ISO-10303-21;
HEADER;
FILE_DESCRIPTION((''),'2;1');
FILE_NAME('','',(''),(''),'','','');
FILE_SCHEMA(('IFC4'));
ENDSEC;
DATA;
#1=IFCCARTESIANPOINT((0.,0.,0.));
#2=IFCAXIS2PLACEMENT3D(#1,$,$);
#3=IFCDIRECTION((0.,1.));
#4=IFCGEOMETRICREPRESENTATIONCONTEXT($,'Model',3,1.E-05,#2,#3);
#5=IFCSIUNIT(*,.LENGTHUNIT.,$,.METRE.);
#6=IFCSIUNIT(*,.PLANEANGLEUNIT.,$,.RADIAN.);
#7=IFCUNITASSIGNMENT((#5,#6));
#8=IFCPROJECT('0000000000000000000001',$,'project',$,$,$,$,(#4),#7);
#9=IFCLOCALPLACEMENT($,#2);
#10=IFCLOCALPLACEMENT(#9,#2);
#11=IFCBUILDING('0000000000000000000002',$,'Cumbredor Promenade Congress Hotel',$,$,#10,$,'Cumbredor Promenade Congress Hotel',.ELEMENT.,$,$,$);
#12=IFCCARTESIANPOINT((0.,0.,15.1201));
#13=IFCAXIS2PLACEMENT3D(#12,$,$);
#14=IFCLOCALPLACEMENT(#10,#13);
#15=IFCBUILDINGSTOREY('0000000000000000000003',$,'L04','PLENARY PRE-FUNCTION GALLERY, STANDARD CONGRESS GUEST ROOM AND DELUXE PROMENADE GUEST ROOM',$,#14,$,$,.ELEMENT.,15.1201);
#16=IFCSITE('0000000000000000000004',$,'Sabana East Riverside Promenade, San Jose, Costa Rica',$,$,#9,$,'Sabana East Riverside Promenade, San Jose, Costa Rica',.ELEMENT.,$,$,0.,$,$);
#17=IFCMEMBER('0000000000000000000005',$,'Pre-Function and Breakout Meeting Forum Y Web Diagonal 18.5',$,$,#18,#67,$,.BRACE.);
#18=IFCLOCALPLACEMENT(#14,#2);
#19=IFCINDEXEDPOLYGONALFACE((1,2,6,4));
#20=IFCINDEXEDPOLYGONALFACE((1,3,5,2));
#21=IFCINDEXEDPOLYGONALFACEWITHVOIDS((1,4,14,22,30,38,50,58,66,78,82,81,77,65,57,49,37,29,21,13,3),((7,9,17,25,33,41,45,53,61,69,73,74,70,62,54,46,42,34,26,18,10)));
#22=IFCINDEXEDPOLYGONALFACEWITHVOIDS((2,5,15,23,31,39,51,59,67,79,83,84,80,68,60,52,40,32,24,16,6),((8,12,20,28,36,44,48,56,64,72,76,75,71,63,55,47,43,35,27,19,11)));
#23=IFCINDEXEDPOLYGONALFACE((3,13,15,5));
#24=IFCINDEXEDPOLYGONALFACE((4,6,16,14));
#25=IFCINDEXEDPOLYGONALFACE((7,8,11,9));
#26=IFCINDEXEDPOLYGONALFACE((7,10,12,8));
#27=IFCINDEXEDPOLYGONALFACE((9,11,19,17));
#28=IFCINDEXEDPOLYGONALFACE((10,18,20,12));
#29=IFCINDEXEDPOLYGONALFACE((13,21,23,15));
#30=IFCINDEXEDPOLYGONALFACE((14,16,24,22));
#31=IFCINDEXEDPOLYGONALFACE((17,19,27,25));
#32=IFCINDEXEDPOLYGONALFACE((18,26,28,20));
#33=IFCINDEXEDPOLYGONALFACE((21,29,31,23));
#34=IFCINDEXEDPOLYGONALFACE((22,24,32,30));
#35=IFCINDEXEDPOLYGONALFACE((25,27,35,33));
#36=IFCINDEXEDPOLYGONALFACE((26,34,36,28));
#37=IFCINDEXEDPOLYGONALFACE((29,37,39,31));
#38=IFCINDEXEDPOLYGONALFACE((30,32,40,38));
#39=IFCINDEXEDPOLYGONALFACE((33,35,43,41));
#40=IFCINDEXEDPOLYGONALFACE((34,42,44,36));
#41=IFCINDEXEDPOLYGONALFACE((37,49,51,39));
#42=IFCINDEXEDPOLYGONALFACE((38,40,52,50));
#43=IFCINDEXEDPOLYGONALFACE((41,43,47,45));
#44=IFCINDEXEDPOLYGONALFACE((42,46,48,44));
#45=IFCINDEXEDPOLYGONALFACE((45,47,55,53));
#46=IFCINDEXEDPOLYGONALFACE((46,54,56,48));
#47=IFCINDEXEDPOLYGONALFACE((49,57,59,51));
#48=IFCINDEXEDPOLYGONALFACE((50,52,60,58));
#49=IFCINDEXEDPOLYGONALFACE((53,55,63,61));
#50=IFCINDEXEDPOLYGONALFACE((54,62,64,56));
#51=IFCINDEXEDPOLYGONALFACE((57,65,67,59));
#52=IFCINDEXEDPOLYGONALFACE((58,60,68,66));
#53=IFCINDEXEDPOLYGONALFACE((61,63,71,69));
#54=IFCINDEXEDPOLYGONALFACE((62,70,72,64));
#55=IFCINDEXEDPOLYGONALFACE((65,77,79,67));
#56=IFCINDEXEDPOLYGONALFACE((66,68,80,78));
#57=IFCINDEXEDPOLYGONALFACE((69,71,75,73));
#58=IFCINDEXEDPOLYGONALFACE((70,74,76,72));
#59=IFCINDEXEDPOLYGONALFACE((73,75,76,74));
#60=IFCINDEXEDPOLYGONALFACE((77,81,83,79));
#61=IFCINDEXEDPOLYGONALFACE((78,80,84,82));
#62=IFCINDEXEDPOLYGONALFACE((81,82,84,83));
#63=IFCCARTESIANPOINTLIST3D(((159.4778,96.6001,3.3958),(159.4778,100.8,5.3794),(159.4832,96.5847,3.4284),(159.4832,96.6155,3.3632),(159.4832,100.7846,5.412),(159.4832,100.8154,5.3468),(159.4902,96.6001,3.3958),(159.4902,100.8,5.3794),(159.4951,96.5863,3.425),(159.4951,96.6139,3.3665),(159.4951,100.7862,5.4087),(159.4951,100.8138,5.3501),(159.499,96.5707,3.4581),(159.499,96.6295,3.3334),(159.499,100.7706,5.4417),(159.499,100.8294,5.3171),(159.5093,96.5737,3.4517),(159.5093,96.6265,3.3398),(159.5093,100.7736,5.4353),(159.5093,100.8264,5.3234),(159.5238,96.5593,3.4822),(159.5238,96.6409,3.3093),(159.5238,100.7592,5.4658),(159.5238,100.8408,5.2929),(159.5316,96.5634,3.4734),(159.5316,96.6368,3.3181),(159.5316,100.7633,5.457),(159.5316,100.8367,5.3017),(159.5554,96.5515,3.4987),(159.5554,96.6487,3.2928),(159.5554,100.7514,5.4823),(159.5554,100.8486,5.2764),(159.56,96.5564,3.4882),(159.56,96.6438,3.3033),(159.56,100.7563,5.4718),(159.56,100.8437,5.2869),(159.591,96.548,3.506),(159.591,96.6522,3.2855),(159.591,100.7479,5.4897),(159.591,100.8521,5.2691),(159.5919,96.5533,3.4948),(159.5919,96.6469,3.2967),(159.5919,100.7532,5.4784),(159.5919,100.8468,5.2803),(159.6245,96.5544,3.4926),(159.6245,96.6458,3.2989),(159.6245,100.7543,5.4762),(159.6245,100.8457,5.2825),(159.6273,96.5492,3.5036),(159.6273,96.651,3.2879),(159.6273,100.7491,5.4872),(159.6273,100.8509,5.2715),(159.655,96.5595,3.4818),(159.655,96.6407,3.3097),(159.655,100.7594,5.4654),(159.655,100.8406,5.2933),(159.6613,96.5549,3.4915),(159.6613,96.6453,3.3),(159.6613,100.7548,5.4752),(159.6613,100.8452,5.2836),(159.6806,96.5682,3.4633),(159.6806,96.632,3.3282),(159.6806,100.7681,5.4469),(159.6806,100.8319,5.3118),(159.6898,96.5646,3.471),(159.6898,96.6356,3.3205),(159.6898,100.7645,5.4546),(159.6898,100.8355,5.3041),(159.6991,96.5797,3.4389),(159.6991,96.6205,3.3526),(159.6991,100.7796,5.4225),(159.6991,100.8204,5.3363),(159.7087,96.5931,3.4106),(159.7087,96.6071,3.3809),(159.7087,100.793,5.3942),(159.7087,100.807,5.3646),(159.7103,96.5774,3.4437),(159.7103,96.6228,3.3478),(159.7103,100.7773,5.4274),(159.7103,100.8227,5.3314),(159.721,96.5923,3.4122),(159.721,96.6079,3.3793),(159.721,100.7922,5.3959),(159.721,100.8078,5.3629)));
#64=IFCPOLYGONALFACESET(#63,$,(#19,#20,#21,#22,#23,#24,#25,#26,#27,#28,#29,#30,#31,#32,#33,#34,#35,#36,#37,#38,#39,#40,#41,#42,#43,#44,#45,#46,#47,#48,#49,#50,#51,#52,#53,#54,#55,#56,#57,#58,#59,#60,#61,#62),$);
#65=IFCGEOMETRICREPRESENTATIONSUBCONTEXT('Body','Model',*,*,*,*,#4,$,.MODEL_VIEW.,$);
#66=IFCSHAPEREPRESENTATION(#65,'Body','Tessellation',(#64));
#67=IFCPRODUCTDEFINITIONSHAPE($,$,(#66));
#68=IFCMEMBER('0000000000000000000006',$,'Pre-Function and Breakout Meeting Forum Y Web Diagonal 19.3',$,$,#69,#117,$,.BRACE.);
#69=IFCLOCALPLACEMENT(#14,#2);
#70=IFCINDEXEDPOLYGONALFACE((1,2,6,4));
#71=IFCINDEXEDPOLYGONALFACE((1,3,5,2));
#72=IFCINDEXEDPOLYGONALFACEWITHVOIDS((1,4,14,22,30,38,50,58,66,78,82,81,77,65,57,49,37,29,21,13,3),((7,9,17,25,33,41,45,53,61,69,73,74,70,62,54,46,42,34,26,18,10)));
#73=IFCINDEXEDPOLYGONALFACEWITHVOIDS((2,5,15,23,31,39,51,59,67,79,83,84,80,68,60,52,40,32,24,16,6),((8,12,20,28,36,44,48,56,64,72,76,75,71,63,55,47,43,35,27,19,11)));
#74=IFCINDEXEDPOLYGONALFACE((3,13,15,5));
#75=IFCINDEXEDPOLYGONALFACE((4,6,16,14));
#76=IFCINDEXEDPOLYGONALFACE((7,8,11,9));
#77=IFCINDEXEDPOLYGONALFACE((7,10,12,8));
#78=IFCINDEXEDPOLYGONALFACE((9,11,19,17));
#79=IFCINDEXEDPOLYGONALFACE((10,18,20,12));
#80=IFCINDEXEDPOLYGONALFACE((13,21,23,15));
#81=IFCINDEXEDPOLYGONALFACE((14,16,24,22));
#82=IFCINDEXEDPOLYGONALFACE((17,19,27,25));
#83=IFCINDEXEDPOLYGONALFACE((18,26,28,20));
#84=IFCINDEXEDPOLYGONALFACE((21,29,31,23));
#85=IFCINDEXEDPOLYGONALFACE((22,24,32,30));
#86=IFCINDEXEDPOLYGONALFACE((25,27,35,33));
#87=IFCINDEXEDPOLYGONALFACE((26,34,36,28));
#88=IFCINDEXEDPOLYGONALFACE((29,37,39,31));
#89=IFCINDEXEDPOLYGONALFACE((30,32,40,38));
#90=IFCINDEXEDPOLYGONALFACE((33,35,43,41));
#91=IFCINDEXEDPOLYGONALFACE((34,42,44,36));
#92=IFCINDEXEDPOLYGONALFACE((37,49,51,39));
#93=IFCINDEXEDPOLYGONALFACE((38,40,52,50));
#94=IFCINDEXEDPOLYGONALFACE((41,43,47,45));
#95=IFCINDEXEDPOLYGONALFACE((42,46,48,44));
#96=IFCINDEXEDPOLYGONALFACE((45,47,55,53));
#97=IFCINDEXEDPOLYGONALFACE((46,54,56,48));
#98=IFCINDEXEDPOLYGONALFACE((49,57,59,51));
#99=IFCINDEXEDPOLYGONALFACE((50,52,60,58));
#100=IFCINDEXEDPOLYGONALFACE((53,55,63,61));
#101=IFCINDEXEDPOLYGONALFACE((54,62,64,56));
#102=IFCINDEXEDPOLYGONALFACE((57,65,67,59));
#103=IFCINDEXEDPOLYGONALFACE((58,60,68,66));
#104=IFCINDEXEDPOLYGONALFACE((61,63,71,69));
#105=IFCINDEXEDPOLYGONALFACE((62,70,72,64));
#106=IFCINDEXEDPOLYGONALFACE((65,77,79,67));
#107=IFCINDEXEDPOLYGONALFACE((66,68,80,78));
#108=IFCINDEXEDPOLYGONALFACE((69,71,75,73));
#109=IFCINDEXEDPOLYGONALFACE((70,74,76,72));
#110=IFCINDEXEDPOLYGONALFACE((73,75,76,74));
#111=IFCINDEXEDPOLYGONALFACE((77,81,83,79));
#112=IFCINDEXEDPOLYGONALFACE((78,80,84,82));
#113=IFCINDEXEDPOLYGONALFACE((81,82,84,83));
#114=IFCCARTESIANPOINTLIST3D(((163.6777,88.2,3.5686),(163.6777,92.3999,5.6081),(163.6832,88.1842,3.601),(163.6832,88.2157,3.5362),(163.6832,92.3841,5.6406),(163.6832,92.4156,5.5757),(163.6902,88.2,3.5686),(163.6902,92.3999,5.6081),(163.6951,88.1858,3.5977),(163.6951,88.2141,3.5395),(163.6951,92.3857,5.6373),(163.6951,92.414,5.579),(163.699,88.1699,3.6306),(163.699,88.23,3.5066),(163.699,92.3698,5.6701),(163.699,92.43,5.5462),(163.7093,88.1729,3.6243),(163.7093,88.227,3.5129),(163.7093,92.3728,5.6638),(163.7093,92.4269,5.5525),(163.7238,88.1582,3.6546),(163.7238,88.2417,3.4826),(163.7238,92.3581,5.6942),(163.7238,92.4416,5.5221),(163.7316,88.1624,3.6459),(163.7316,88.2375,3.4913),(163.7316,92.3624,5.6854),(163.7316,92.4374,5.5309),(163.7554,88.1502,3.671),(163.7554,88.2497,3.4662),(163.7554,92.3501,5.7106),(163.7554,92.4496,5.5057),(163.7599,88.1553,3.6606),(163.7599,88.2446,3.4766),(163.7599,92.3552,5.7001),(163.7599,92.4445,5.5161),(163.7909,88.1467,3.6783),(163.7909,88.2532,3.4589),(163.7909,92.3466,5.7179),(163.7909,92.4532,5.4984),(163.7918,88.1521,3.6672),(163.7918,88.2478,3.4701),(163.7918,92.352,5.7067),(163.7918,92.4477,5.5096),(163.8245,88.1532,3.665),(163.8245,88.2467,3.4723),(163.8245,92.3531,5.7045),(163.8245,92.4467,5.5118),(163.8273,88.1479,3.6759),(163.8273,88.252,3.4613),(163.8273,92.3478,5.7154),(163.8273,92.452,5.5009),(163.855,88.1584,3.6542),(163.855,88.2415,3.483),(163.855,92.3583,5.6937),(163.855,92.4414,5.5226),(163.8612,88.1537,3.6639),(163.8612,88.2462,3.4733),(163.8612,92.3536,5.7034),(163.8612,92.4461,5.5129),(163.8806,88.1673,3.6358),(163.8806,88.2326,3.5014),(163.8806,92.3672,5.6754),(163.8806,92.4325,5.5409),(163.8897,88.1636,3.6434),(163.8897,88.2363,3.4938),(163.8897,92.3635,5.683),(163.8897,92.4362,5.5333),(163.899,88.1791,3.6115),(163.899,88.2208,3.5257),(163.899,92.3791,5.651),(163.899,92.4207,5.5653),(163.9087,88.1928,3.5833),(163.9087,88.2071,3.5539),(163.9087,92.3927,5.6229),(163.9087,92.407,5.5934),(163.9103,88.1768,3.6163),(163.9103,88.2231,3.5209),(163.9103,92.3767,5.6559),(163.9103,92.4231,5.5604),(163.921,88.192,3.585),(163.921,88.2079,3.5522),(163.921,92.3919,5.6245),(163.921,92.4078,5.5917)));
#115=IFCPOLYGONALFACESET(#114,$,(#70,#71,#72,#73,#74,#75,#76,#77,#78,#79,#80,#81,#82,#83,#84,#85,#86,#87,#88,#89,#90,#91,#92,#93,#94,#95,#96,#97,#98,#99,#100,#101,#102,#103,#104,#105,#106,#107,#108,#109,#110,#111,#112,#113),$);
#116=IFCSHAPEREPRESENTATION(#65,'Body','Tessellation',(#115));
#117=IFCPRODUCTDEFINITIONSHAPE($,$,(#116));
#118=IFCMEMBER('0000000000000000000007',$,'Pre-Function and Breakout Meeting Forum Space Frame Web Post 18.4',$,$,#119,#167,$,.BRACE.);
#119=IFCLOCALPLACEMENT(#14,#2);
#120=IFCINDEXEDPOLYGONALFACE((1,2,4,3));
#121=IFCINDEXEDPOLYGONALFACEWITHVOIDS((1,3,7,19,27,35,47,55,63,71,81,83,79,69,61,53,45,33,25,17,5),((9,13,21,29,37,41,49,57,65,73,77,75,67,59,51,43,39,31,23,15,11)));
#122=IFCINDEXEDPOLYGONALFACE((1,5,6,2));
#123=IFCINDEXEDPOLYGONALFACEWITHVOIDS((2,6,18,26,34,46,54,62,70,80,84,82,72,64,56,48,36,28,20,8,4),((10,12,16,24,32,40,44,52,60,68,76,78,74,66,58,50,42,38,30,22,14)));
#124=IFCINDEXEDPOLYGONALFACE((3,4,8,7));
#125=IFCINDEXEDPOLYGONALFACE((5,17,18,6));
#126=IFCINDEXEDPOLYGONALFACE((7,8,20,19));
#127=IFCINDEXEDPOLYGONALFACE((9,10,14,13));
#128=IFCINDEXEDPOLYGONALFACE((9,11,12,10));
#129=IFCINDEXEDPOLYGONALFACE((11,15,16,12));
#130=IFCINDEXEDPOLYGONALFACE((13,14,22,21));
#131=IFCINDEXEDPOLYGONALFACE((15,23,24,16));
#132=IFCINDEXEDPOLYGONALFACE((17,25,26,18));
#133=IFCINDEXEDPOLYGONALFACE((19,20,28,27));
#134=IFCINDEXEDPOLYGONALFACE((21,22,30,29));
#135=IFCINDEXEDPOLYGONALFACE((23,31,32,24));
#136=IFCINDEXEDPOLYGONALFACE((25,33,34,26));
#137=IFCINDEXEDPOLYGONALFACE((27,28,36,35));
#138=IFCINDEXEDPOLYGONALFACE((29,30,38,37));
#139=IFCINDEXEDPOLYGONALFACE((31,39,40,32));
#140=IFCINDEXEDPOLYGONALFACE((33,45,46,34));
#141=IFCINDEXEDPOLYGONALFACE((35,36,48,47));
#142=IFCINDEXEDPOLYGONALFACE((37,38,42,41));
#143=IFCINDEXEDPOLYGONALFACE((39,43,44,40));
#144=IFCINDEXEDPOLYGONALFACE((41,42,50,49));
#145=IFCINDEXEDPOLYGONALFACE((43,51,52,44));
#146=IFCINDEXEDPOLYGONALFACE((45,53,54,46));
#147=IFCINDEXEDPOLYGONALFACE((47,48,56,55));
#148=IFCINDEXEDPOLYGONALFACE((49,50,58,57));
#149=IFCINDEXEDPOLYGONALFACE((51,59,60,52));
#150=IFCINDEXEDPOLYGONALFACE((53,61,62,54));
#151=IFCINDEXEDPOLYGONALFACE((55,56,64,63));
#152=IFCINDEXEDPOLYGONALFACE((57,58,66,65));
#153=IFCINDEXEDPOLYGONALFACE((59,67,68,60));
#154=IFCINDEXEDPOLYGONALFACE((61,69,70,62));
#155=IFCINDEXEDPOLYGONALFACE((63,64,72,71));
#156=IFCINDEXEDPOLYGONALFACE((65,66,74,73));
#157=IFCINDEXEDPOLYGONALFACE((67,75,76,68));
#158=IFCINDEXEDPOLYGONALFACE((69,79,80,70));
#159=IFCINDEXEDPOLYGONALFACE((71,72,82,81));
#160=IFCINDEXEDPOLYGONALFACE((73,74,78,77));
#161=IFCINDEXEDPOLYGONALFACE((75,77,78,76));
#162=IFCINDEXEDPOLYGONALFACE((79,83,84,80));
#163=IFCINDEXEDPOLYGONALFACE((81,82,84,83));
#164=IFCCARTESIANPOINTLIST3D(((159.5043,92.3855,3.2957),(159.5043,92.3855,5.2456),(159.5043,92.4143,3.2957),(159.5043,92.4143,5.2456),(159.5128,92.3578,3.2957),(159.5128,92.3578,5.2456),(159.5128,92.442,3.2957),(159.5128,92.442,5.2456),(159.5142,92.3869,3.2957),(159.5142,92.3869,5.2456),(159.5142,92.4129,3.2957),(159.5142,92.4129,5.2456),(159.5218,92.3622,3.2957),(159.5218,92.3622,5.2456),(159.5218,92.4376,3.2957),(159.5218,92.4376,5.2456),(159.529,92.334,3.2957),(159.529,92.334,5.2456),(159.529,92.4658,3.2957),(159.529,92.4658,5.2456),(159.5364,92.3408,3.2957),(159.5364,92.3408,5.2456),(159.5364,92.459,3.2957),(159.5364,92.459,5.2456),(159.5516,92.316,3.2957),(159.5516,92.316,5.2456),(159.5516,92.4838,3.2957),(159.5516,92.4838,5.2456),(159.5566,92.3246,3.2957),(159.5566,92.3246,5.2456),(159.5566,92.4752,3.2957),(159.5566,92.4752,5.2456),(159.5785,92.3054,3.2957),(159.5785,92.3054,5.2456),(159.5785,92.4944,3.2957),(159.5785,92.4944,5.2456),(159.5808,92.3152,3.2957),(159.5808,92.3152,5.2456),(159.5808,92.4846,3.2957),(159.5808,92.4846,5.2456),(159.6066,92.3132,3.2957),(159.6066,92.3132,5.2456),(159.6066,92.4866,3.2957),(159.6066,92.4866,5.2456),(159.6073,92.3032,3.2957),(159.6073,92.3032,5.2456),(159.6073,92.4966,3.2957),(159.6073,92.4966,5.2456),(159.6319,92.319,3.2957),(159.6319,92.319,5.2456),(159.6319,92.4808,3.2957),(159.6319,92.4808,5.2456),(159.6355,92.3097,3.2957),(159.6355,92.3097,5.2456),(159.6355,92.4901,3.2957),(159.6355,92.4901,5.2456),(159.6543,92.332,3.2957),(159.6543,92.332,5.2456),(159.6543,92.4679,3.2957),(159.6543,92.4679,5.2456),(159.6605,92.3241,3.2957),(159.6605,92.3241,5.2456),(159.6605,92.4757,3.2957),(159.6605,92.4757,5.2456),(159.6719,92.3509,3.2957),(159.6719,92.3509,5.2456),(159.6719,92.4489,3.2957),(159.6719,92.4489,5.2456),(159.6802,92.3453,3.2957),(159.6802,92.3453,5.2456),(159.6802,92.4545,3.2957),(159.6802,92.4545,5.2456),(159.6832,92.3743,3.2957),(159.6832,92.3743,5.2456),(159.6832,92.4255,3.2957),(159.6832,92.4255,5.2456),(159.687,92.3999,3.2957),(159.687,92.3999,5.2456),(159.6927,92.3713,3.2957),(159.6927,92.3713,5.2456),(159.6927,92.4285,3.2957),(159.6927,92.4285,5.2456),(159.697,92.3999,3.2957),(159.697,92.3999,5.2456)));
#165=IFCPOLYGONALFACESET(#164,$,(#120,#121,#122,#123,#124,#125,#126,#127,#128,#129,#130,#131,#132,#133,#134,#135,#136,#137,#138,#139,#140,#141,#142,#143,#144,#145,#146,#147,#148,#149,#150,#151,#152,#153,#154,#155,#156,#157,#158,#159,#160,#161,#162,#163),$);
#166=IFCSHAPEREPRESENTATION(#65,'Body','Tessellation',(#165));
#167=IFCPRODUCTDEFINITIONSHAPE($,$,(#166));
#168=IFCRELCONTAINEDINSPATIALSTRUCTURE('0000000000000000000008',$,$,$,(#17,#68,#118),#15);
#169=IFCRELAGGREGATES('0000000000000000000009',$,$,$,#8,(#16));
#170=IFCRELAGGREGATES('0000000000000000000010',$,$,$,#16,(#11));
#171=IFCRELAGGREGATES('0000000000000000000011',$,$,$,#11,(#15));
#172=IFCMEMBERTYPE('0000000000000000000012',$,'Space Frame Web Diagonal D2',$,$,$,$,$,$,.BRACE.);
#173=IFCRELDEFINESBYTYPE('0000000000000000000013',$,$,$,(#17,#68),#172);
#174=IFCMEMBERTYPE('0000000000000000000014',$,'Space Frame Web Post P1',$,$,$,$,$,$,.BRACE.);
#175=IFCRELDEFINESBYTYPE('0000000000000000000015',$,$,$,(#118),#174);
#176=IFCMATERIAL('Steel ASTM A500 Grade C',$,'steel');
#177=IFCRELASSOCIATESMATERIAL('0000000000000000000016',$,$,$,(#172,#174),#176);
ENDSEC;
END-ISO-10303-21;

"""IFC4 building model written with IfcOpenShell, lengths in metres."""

from ifc_helpers import new_model, si_unit, direction, frame, origin, origin_2d, place, context, subcontext, project, spatial, hollow_circle, extrude, material, material_profile, profile_set, type_object, element, save


model = new_model("IFC4")

# Units and contexts
model_context = context("Model", 3, precision=1e-05, world=origin(), true_north=direction((0.0, 1.0)))
body_context = subcontext(model_context, "Body", "Model", "MODEL_VIEW")
ifc_project = project(units=[si_unit("LENGTHUNIT", "METRE"), si_unit("PLANEANGLEUNIT", "RADIAN")], contexts=[model_context])

# Site, building, storey
site_placement = place(None, origin())
site = spatial("IfcSite", under=ifc_project, at=site_placement, Name="Sabana East Riverside Promenade, San Jose, Costa Rica", LongName="Sabana East Riverside Promenade, San Jose, Costa Rica", CompositionType="ELEMENT", RefElevation=0.0)
building_placement = place(site_placement, origin())
building = spatial("IfcBuilding", under=site, at=building_placement, Name="Cumbredor Promenade Congress Hotel", LongName="Cumbredor Promenade Congress Hotel", CompositionType="ELEMENT")
storey_placement = place(building_placement, frame((0.0, 0.0, 15.1201)))
storey = spatial("IfcBuildingStorey", under=building, at=storey_placement, Name="L04", Description="PLENARY PRE-FUNCTION GALLERY, STANDARD CONGRESS GUEST ROOM AND DELUXE PROMENADE GUEST ROOM", CompositionType="ELEMENT", Elevation=15.1201)

# Members
ifc_material_1 = material(Name="Steel ASTM A500 Grade C", Category="steel")
ifc_material_profile_1 = material_profile(ifc_material_1, hollow_circle(Radius=0.1223, WallThickness=0.0125, at=origin_2d()), Name="CHS 244.5x12.5")
ifc_profile_set_1 = profile_set([ifc_material_profile_1], Name="Steel ASTM A500 Grade C")
member_type_1 = type_object("IfcMemberType", Name="Space Frame Web Diagonal D2", PredefinedType="BRACE", material=ifc_profile_set_1)
member_1_placement = place(storey_placement, frame((159.6001, 96.6001, 3.3958), z_axis=(0.0, 0.904221, 0.427065), x_axis=(-1.0, 0.0, 0.0)))
element("IfcMember", 1, at=member_1_placement, inside=storey, type_object=member_type_1, Name="Pre-Function and Breakout Meeting Forum Y Web Diagonal 18.5", PredefinedType="BRACE", context=body_context, shape_type="SweptSolid", body=[
    extrude(hollow_circle(Radius=0.1223, WallThickness=0.0125, at=origin_2d()), origin(), (0.0, 0.0, 1.0), 4.6448),
])
member_2_placement = place(storey_placement, frame((163.8, 88.2, 3.5686), z_axis=(0.0, 0.899544, 0.43683), x_axis=(-1.0, 0.0, 0.0)))
element("IfcMember", 2, at=member_2_placement, inside=storey, type_object=member_type_1, Name="Pre-Function and Breakout Meeting Forum Y Web Diagonal 19.3", PredefinedType="BRACE", context=body_context, shape_type="SweptSolid", body=[
    extrude(hollow_circle(Radius=0.1223, WallThickness=0.0125, at=origin_2d()), origin(), (0.0, 0.0, 1.0), 4.6689),
])
ifc_material_profile_2 = material_profile(ifc_material_1, hollow_circle(Radius=0.0969, WallThickness=0.01, at=origin_2d()), Name="CHS 193.7x10")
ifc_profile_set_2 = profile_set([ifc_material_profile_2], Name="Steel ASTM A500 Grade C")
member_type_2 = type_object("IfcMemberType", Name="Space Frame Web Post P1", PredefinedType="BRACE", material=ifc_profile_set_2)
for number, where, z_axis, x_axis, name in (
    (3, (159.6001, 92.3999, 3.2957), (0.0, 0.0, 1.0), (1.0, 0.0, 0.0), "Pre-Function and Breakout Meeting Forum Space Frame Web Post 18.4"),
):
    element("IfcMember", number, at=place(storey_placement, frame(where, z_axis=z_axis, x_axis=x_axis)), inside=storey, type_object=member_type_2, Name=name, PredefinedType="BRACE", context=body_context, shape_type="SweptSolid", body=[
        extrude(hollow_circle(Radius=0.0969, WallThickness=0.01, at=origin_2d()), origin(), (0.0, 0.0, 1.0), 1.95),
    ])

save(model, "model.ifc")
